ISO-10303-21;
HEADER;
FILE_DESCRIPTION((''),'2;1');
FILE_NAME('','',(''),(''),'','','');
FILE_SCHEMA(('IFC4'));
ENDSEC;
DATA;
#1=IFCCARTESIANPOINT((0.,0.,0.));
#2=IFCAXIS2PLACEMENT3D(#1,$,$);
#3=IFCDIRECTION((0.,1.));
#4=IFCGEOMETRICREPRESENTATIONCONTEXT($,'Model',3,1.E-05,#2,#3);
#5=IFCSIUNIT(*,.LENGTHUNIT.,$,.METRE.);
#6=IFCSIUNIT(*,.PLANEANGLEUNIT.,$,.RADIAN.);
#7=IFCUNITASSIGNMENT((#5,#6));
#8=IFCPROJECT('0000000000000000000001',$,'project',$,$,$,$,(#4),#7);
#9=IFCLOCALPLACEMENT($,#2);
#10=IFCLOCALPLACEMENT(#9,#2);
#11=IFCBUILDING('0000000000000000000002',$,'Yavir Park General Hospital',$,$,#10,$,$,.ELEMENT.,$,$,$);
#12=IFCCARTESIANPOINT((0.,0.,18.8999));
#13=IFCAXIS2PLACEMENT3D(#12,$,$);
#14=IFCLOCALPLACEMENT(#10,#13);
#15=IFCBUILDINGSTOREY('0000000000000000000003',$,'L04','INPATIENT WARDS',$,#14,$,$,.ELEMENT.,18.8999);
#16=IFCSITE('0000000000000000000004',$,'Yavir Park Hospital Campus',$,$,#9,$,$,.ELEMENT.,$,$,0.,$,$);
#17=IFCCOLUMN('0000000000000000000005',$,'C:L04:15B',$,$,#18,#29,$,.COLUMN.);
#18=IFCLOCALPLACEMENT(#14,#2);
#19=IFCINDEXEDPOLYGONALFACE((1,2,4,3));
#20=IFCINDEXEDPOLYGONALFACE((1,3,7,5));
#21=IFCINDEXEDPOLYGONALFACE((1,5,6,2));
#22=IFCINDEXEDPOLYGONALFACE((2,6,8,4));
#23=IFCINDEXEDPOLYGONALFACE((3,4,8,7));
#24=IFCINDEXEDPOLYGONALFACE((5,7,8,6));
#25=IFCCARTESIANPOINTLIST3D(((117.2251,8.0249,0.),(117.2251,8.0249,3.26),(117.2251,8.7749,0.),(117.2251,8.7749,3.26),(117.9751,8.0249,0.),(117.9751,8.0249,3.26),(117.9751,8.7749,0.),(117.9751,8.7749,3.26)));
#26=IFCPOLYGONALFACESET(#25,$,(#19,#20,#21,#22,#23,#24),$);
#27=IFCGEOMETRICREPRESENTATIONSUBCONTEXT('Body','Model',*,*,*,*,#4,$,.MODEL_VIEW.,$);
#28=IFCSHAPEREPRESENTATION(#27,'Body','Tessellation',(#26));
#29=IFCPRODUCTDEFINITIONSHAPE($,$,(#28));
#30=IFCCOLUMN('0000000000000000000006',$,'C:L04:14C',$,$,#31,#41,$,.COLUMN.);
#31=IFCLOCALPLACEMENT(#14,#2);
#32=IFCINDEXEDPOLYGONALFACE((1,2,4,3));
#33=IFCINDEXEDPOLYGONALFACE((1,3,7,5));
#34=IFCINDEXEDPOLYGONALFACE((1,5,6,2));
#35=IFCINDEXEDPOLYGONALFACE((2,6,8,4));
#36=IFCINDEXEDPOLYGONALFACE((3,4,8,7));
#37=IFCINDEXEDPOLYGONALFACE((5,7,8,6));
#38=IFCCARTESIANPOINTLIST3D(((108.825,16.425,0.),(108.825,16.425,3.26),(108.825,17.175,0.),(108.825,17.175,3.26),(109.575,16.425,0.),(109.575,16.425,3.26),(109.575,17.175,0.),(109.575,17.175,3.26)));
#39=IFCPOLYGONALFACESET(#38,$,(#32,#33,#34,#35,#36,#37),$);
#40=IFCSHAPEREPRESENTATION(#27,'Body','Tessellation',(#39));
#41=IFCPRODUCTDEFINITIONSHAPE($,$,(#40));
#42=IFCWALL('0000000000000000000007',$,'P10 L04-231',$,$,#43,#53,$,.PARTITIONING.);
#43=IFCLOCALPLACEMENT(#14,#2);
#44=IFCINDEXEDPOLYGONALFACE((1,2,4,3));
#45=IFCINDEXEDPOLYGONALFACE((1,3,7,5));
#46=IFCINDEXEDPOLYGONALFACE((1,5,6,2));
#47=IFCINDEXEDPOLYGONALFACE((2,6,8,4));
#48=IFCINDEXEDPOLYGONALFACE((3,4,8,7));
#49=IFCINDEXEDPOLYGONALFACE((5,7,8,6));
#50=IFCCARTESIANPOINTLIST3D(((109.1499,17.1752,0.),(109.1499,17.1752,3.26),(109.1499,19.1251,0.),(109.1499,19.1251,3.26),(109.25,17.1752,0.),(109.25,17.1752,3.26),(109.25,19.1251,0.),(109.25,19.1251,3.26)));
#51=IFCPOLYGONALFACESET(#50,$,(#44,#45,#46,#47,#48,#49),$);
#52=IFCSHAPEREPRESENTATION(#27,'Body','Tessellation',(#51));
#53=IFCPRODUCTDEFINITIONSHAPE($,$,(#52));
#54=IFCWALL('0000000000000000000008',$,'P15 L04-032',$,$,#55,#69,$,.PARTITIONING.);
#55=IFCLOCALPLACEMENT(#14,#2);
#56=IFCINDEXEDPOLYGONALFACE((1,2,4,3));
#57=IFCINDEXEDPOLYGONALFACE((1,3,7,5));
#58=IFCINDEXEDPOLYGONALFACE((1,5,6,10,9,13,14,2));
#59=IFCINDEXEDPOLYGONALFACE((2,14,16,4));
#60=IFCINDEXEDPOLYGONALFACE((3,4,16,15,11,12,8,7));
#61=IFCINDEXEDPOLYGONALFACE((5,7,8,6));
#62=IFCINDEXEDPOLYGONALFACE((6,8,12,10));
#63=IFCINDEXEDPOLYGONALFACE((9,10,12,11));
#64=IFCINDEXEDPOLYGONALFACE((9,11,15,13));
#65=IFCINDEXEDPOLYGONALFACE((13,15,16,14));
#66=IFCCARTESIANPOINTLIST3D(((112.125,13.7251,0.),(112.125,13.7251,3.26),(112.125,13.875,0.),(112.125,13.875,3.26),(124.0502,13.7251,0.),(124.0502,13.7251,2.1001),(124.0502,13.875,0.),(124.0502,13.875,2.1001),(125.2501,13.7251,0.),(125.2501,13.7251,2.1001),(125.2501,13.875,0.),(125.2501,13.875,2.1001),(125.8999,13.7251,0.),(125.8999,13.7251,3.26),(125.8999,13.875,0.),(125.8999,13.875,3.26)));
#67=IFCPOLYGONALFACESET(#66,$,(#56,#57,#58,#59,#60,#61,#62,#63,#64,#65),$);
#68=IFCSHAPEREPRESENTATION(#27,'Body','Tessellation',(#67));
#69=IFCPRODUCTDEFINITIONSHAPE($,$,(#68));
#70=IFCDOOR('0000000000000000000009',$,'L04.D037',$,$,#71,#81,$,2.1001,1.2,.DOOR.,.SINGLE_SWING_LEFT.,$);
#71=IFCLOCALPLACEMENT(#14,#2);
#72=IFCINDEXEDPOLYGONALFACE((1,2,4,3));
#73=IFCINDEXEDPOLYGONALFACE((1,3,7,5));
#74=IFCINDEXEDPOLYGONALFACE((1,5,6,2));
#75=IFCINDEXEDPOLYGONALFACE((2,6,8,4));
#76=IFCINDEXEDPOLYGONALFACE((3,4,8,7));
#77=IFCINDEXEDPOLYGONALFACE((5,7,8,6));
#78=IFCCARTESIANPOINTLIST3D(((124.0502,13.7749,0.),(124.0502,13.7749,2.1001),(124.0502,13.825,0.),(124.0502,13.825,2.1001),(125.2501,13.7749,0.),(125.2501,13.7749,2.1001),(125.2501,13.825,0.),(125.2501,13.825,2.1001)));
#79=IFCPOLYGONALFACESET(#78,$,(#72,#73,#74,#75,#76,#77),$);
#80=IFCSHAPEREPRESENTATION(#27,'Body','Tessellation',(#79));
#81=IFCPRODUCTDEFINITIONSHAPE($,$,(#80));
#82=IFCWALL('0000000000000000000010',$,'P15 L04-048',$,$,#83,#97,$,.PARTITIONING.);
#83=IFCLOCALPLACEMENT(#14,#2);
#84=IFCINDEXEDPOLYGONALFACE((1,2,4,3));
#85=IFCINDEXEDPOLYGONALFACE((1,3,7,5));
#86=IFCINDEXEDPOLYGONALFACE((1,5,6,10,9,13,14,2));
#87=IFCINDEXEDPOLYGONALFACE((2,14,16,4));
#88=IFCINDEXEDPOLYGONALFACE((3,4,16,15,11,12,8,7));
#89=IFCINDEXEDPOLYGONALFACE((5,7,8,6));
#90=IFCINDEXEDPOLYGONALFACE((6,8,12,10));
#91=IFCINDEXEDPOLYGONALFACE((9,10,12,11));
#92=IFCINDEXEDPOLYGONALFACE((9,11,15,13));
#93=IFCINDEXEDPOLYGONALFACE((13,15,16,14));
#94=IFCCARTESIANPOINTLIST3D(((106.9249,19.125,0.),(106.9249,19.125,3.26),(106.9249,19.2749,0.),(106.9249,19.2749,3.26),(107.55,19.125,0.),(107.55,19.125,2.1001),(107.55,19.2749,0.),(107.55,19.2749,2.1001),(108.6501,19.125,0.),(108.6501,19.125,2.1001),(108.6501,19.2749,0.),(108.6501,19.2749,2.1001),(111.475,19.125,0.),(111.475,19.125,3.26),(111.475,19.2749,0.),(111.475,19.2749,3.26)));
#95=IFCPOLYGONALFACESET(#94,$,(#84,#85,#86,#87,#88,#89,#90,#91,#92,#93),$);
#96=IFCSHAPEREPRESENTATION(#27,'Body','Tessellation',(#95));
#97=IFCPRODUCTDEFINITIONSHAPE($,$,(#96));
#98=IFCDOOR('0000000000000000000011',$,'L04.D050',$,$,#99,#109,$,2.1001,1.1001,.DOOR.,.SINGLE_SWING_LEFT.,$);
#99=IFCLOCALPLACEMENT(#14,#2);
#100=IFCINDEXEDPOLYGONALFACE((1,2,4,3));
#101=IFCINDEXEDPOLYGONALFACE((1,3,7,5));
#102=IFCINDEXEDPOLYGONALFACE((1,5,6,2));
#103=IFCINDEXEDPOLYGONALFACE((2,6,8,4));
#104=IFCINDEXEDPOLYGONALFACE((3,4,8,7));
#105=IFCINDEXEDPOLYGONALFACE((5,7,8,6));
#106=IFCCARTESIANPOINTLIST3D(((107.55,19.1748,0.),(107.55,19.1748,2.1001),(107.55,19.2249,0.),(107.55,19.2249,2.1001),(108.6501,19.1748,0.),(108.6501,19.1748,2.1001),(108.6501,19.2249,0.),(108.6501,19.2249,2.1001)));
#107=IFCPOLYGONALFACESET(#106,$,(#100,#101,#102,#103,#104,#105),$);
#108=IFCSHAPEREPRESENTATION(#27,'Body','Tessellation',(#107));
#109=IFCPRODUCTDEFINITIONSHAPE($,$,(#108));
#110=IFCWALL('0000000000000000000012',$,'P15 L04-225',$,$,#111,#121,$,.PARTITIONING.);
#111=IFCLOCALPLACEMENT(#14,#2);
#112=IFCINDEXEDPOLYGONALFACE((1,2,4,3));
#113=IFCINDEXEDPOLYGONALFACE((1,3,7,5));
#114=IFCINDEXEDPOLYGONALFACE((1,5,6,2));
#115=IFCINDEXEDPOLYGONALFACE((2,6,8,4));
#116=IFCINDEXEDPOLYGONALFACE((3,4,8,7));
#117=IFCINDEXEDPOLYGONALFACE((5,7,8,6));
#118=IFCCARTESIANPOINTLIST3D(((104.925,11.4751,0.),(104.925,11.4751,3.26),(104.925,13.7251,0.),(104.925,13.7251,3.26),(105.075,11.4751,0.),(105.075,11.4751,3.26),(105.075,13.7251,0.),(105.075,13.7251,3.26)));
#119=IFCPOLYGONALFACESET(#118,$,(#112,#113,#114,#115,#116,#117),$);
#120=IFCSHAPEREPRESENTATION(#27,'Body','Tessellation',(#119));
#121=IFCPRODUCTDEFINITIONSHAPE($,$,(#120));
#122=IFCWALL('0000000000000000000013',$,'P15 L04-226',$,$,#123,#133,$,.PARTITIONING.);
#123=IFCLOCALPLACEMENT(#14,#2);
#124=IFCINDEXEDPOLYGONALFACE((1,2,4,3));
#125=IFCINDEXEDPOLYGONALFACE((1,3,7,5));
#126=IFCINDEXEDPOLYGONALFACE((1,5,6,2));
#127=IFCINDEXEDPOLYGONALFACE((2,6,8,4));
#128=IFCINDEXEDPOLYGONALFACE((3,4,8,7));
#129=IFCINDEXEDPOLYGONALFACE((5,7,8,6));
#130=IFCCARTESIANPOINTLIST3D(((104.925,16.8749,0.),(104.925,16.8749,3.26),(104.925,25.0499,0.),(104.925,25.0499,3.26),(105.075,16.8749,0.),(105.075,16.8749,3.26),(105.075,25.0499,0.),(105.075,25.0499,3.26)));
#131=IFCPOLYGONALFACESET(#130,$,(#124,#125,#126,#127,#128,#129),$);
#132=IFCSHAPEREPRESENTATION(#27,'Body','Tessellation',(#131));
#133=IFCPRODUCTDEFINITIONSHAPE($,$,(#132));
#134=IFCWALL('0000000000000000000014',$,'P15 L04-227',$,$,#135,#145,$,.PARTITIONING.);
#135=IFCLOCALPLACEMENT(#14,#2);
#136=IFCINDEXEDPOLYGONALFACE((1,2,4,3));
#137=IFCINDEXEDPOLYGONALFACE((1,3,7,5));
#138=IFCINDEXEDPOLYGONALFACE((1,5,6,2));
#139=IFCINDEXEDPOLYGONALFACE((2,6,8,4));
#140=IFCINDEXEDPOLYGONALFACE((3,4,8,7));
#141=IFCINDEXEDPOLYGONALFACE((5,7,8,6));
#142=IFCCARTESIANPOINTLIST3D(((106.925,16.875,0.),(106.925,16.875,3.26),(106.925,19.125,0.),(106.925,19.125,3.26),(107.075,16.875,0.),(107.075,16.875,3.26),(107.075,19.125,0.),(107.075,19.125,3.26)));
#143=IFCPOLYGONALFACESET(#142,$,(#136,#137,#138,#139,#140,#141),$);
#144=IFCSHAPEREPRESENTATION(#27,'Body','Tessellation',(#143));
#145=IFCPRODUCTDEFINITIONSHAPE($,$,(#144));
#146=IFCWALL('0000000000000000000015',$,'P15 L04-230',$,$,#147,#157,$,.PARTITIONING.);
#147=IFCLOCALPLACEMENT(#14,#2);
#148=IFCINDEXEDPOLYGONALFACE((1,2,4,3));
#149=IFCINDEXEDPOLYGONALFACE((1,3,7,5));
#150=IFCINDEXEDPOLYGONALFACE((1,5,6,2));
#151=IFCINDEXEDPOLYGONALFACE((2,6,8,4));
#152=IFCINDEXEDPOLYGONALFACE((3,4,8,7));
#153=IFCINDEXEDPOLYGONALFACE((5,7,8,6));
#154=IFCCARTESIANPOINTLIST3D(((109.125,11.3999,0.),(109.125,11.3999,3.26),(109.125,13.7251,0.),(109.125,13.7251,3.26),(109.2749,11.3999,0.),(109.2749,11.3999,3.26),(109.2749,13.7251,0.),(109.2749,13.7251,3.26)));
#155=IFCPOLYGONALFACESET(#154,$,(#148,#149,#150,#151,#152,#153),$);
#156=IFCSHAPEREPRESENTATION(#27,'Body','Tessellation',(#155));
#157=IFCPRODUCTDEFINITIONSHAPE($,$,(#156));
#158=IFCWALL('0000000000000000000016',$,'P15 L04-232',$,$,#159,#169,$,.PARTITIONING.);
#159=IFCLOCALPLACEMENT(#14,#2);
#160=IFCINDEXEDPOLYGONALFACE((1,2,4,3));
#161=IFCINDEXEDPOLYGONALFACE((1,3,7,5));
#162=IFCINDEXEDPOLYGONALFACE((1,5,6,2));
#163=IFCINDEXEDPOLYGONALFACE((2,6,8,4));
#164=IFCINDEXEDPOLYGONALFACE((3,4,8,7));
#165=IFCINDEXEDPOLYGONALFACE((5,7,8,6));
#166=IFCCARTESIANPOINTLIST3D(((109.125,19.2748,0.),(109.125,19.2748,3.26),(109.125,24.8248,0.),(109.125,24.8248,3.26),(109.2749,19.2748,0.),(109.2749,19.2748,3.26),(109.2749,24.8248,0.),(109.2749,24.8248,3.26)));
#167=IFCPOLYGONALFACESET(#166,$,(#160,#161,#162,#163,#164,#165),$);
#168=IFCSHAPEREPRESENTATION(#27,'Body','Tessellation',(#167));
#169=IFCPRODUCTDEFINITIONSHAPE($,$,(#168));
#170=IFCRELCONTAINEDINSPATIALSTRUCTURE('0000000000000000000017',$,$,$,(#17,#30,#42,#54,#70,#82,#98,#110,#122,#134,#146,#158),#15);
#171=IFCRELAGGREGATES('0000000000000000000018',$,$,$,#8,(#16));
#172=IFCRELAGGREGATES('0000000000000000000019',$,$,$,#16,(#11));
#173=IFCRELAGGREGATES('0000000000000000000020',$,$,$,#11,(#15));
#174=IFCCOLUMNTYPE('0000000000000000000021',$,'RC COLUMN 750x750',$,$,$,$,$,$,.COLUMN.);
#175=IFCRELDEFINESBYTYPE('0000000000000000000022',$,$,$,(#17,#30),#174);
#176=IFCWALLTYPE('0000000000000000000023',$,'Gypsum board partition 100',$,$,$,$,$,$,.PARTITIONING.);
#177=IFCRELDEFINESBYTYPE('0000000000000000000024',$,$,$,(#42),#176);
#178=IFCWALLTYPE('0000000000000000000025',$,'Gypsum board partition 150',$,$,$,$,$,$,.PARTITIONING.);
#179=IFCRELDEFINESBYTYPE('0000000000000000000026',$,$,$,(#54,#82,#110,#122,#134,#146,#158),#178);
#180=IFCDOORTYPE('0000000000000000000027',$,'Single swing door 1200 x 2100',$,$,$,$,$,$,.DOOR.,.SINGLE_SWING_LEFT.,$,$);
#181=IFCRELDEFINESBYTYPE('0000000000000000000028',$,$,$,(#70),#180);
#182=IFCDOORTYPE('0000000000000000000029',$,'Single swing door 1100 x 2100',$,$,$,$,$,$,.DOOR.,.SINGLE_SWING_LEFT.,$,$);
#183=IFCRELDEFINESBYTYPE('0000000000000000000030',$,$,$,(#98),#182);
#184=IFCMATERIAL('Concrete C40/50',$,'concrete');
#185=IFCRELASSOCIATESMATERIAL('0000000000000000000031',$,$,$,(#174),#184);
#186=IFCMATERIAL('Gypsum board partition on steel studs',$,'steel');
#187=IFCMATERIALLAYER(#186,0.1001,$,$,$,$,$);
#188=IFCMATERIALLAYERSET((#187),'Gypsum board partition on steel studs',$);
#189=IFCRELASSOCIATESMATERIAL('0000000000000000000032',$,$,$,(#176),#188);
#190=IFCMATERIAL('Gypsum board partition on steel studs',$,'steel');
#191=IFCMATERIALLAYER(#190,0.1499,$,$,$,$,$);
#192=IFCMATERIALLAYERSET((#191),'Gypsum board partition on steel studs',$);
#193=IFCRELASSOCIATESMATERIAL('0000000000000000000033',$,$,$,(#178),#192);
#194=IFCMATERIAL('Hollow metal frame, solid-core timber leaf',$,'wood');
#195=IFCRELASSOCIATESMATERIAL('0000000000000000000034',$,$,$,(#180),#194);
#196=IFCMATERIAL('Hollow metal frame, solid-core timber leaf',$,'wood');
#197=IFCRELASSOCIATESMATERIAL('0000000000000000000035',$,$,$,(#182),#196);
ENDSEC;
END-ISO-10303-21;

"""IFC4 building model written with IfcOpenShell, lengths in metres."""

from ifc_helpers import new_model, si_unit, direction, frame, frame_2d, origin, origin_2d, place, context, subcontext, project, spatial, rectangle, extrude, material, layer, layer_set, material_profile, profile_set, type_object, element, fill, save


model = new_model("IFC4")

# Units and contexts
model_context = context("Model", 3, precision=1e-05, world=origin(), true_north=direction((0.0, 1.0)))
body_context = subcontext(model_context, "Body", "Model", "MODEL_VIEW")
ifc_project = project(units=[si_unit("LENGTHUNIT", "METRE"), si_unit("PLANEANGLEUNIT", "RADIAN")], contexts=[model_context])

# Site, building, storey
site_placement = place(None, origin())
site = spatial("IfcSite", under=ifc_project, at=site_placement, Name="Yavir Park Hospital Campus", CompositionType="ELEMENT", RefElevation=0.0)
building_placement = place(site_placement, origin())
building = spatial("IfcBuilding", under=site, at=building_placement, Name="Yavir Park General Hospital", CompositionType="ELEMENT")
storey_placement = place(building_placement, frame((0.0, 0.0, 18.8999)))
storey = spatial("IfcBuildingStorey", under=building, at=storey_placement, Name="L04", Description="INPATIENT WARDS", CompositionType="ELEMENT", Elevation=18.8999)

# Columns
ifc_material_1 = material(Name="Concrete C40/50", Category="concrete")
ifc_material_profile = material_profile(ifc_material_1, rectangle(XDim=0.75, YDim=0.75, at=origin_2d()), Name="RC750x750")
ifc_profile_set = profile_set([ifc_material_profile], Name="Concrete C40/50")
column_type = type_object("IfcColumnType", Name="RC COLUMN 750x750", PredefinedType="COLUMN", material=ifc_profile_set)
for number, where, z_axis, x_axis, name in (
    (1, (117.6001, 8.3999, 0.0), (0.0, 0.0, 1.0), (1.0, 0.0, 0.0), "C:L04:15B"),
    (2, (109.2, 16.8, 0.0), (0.0, 0.0, 1.0), (1.0, 0.0, 0.0), "C:L04:14C"),
):
    element("IfcColumn", number, at=place(storey_placement, frame(where, z_axis=z_axis, x_axis=x_axis)), inside=storey, type_object=column_type, Name=name, PredefinedType="COLUMN", context=body_context, shape_type="SweptSolid", body=[
        extrude(rectangle(XDim=0.75, YDim=0.75, at=origin_2d()), origin(), (0.0, 0.0, 1.0), 3.26),
    ])

# Wall
ifc_material_2 = material(Name="Gypsum board partition on steel studs", Category="steel")
ifc_layer_1 = layer(ifc_material_2, 0.1001)
ifc_layer_set_1 = layer_set([ifc_layer_1], Name="Gypsum board partition on steel studs")
wall_type_1 = type_object("IfcWallType", Name="Gypsum board partition 100", PredefinedType="PARTITIONING", material=ifc_layer_set_1)
wall_1_placement = place(storey_placement, frame((109.2, 17.175, 0.0), z_axis=(0.0, 0.0, 1.0), x_axis=(0.0, 1.0, 0.0)))
element("IfcWall", 3, at=wall_1_placement, inside=storey, type_object=wall_type_1, Name="P10 L04-231", PredefinedType="PARTITIONING", context=body_context, shape_type="SweptSolid", body=[
    extrude(rectangle(XDim=1.95, YDim=0.1001, at=frame_2d((0.9751, 0.0))), origin(), (0.0, 0.0, 1.0), 3.26),
])

# Shared definitions
ifc_material_3 = material(Name="Gypsum board partition on steel studs", Category="steel")
ifc_layer_2 = layer(ifc_material_3, 0.1499)
ifc_layer_set_2 = layer_set([ifc_layer_2], Name="Gypsum board partition on steel studs")
wall_type_2 = type_object("IfcWallType", Name="Gypsum board partition 150", PredefinedType="PARTITIONING", material=ifc_layer_set_2)

# Walls, openings, doors
wall_2_placement = place(storey_placement, frame((112.125, 13.8, 0.0), z_axis=(0.0, 0.0, 1.0), x_axis=(1.0, 0.0, 0.0)))
wall_2 = element("IfcWall", 4, at=wall_2_placement, inside=storey, type_object=wall_type_2, Name="P15 L04-032", PredefinedType="PARTITIONING", context=body_context, shape_type="SweptSolid", body=[
    extrude(rectangle(XDim=13.7749, YDim=0.1499, at=frame_2d((6.8875, 0.0))), origin(), (0.0, 0.0, 1.0), 3.26),
])
opening_1_placement = place(wall_2_placement, frame((11.925, 0.0, 0.0)))
opening_1 = element("IfcOpeningElement", 5, at=opening_1_placement, cuts=wall_2, PredefinedType="OPENING", context=body_context, shape_type="SweptSolid", body=[
    extrude(rectangle(XDim=1.2, YDim=2.1001, at=frame_2d((0.6001, 1.05))), frame((0.0, 0.085, 0.0), z_axis=(0.0, -1.0, 0.0), x_axis=(1.0, 0.0, 0.0)), (0.0, 0.0, 1.0), 0.1699),
])
ifc_material_4 = material(Name="Hollow metal frame, solid-core timber leaf", Category="wood")
door_type_1 = type_object("IfcDoorType", Name="Single swing door 1200 x 2100", OperationType="SINGLE_SWING_LEFT", PredefinedType="DOOR", material=ifc_material_4)
door_1_placement = place(opening_1_placement, origin())
door_1 = element("IfcDoor", 6, at=door_1_placement, inside=storey, type_object=door_type_1, Name="L04.D037", OperationType="SINGLE_SWING_LEFT", OverallHeight=2.1001, OverallWidth=1.2, PredefinedType="DOOR", context=body_context, shape_type="SweptSolid", body=[
    extrude(rectangle(XDim=1.2, YDim=2.1001, at=frame_2d((0.6001, 1.05))), frame((0.0, 0.0249, 0.0), z_axis=(0.0, -1.0, 0.0), x_axis=(1.0, 0.0, 0.0)), (0.0, 0.0, 1.0), 0.05),
])
fill(opening_1, door_1)
wall_3_placement = place(storey_placement, frame((106.925, 19.2, 0.0), z_axis=(0.0, 0.0, 1.0), x_axis=(1.0, 0.0, 0.0)))
wall_3 = element("IfcWall", 7, at=wall_3_placement, inside=storey, type_object=wall_type_2, Name="P15 L04-048", PredefinedType="PARTITIONING", context=body_context, shape_type="SweptSolid", body=[
    extrude(rectangle(XDim=4.55, YDim=0.1499, at=frame_2d((2.2749, 0.0))), origin(), (0.0, 0.0, 1.0), 3.26),
])
opening_2_placement = place(wall_3_placement, frame((0.625, 0.0, 0.0)))
opening_2 = element("IfcOpeningElement", 8, at=opening_2_placement, cuts=wall_3, PredefinedType="OPENING", context=body_context, shape_type="SweptSolid", body=[
    extrude(rectangle(XDim=1.1001, YDim=2.1001, at=frame_2d((0.55, 1.05))), frame((0.0, 0.085, 0.0), z_axis=(0.0, -1.0, 0.0), x_axis=(1.0, 0.0, 0.0)), (0.0, 0.0, 1.0), 0.1699),
])
ifc_material_5 = material(Name="Hollow metal frame, solid-core timber leaf", Category="wood")
door_type_2 = type_object("IfcDoorType", Name="Single swing door 1100 x 2100", OperationType="SINGLE_SWING_LEFT", PredefinedType="DOOR", material=ifc_material_5)
door_2_placement = place(opening_2_placement, origin())
door_2 = element("IfcDoor", 9, at=door_2_placement, inside=storey, type_object=door_type_2, Name="L04.D050", OperationType="SINGLE_SWING_LEFT", OverallHeight=2.1001, OverallWidth=1.1001, PredefinedType="DOOR", context=body_context, shape_type="SweptSolid", body=[
    extrude(rectangle(XDim=1.1001, YDim=2.1001, at=frame_2d((0.55, 1.05))), frame((0.0, 0.0249, 0.0), z_axis=(0.0, -1.0, 0.0), x_axis=(1.0, 0.0, 0.0)), (0.0, 0.0, 1.0), 0.05),
])
fill(opening_2, door_2)

# Walls
wall_4_placement = place(storey_placement, frame((105.0, 11.4751, 0.0), z_axis=(0.0, 0.0, 1.0), x_axis=(0.0, 1.0, 0.0)))
element("IfcWall", 10, at=wall_4_placement, inside=storey, type_object=wall_type_2, Name="P15 L04-225", PredefinedType="PARTITIONING", context=body_context, shape_type="SweptSolid", body=[
    extrude(rectangle(XDim=2.25, YDim=0.1499, at=frame_2d((1.125, 0.0))), origin(), (0.0, 0.0, 1.0), 3.26),
])
wall_5_placement = place(storey_placement, frame((105.0, 16.875, 0.0), z_axis=(0.0, 0.0, 1.0), x_axis=(0.0, 1.0, 0.0)))
element("IfcWall", 11, at=wall_5_placement, inside=storey, type_object=wall_type_2, Name="P15 L04-226", PredefinedType="PARTITIONING", context=body_context, shape_type="SweptSolid", body=[
    extrude(rectangle(XDim=8.175, YDim=0.1499, at=frame_2d((4.0874, 0.0))), origin(), (0.0, 0.0, 1.0), 3.26),
])
wall_6_placement = place(storey_placement, frame((107.0, 16.875, 0.0), z_axis=(0.0, 0.0, 1.0), x_axis=(0.0, 1.0, 0.0)))
element("IfcWall", 12, at=wall_6_placement, inside=storey, type_object=wall_type_2, Name="P15 L04-227", PredefinedType="PARTITIONING", context=body_context, shape_type="SweptSolid", body=[
    extrude(rectangle(XDim=2.25, YDim=0.1499, at=frame_2d((1.125, 0.0))), origin(), (0.0, 0.0, 1.0), 3.26),
])
wall_7_placement = place(storey_placement, frame((109.2, 11.3999, 0.0), z_axis=(0.0, 0.0, 1.0), x_axis=(0.0, 1.0, 0.0)))
element("IfcWall", 13, at=wall_7_placement, inside=storey, type_object=wall_type_2, Name="P15 L04-230", PredefinedType="PARTITIONING", context=body_context, shape_type="SweptSolid", body=[
    extrude(rectangle(XDim=2.3252, YDim=0.1499, at=frame_2d((1.1626, 0.0))), origin(), (0.0, 0.0, 1.0), 3.26),
])
wall_8_placement = place(storey_placement, frame((109.2, 19.2749, 0.0), z_axis=(0.0, 0.0, 1.0), x_axis=(0.0, 1.0, 0.0)))
element("IfcWall", 14, at=wall_8_placement, inside=storey, type_object=wall_type_2, Name="P15 L04-232", PredefinedType="PARTITIONING", context=body_context, shape_type="SweptSolid", body=[
    extrude(rectangle(XDim=5.55, YDim=0.1499, at=frame_2d((2.7749, 0.0))), origin(), (0.0, 0.0, 1.0), 3.26),
])

save(model, "model.ifc")
